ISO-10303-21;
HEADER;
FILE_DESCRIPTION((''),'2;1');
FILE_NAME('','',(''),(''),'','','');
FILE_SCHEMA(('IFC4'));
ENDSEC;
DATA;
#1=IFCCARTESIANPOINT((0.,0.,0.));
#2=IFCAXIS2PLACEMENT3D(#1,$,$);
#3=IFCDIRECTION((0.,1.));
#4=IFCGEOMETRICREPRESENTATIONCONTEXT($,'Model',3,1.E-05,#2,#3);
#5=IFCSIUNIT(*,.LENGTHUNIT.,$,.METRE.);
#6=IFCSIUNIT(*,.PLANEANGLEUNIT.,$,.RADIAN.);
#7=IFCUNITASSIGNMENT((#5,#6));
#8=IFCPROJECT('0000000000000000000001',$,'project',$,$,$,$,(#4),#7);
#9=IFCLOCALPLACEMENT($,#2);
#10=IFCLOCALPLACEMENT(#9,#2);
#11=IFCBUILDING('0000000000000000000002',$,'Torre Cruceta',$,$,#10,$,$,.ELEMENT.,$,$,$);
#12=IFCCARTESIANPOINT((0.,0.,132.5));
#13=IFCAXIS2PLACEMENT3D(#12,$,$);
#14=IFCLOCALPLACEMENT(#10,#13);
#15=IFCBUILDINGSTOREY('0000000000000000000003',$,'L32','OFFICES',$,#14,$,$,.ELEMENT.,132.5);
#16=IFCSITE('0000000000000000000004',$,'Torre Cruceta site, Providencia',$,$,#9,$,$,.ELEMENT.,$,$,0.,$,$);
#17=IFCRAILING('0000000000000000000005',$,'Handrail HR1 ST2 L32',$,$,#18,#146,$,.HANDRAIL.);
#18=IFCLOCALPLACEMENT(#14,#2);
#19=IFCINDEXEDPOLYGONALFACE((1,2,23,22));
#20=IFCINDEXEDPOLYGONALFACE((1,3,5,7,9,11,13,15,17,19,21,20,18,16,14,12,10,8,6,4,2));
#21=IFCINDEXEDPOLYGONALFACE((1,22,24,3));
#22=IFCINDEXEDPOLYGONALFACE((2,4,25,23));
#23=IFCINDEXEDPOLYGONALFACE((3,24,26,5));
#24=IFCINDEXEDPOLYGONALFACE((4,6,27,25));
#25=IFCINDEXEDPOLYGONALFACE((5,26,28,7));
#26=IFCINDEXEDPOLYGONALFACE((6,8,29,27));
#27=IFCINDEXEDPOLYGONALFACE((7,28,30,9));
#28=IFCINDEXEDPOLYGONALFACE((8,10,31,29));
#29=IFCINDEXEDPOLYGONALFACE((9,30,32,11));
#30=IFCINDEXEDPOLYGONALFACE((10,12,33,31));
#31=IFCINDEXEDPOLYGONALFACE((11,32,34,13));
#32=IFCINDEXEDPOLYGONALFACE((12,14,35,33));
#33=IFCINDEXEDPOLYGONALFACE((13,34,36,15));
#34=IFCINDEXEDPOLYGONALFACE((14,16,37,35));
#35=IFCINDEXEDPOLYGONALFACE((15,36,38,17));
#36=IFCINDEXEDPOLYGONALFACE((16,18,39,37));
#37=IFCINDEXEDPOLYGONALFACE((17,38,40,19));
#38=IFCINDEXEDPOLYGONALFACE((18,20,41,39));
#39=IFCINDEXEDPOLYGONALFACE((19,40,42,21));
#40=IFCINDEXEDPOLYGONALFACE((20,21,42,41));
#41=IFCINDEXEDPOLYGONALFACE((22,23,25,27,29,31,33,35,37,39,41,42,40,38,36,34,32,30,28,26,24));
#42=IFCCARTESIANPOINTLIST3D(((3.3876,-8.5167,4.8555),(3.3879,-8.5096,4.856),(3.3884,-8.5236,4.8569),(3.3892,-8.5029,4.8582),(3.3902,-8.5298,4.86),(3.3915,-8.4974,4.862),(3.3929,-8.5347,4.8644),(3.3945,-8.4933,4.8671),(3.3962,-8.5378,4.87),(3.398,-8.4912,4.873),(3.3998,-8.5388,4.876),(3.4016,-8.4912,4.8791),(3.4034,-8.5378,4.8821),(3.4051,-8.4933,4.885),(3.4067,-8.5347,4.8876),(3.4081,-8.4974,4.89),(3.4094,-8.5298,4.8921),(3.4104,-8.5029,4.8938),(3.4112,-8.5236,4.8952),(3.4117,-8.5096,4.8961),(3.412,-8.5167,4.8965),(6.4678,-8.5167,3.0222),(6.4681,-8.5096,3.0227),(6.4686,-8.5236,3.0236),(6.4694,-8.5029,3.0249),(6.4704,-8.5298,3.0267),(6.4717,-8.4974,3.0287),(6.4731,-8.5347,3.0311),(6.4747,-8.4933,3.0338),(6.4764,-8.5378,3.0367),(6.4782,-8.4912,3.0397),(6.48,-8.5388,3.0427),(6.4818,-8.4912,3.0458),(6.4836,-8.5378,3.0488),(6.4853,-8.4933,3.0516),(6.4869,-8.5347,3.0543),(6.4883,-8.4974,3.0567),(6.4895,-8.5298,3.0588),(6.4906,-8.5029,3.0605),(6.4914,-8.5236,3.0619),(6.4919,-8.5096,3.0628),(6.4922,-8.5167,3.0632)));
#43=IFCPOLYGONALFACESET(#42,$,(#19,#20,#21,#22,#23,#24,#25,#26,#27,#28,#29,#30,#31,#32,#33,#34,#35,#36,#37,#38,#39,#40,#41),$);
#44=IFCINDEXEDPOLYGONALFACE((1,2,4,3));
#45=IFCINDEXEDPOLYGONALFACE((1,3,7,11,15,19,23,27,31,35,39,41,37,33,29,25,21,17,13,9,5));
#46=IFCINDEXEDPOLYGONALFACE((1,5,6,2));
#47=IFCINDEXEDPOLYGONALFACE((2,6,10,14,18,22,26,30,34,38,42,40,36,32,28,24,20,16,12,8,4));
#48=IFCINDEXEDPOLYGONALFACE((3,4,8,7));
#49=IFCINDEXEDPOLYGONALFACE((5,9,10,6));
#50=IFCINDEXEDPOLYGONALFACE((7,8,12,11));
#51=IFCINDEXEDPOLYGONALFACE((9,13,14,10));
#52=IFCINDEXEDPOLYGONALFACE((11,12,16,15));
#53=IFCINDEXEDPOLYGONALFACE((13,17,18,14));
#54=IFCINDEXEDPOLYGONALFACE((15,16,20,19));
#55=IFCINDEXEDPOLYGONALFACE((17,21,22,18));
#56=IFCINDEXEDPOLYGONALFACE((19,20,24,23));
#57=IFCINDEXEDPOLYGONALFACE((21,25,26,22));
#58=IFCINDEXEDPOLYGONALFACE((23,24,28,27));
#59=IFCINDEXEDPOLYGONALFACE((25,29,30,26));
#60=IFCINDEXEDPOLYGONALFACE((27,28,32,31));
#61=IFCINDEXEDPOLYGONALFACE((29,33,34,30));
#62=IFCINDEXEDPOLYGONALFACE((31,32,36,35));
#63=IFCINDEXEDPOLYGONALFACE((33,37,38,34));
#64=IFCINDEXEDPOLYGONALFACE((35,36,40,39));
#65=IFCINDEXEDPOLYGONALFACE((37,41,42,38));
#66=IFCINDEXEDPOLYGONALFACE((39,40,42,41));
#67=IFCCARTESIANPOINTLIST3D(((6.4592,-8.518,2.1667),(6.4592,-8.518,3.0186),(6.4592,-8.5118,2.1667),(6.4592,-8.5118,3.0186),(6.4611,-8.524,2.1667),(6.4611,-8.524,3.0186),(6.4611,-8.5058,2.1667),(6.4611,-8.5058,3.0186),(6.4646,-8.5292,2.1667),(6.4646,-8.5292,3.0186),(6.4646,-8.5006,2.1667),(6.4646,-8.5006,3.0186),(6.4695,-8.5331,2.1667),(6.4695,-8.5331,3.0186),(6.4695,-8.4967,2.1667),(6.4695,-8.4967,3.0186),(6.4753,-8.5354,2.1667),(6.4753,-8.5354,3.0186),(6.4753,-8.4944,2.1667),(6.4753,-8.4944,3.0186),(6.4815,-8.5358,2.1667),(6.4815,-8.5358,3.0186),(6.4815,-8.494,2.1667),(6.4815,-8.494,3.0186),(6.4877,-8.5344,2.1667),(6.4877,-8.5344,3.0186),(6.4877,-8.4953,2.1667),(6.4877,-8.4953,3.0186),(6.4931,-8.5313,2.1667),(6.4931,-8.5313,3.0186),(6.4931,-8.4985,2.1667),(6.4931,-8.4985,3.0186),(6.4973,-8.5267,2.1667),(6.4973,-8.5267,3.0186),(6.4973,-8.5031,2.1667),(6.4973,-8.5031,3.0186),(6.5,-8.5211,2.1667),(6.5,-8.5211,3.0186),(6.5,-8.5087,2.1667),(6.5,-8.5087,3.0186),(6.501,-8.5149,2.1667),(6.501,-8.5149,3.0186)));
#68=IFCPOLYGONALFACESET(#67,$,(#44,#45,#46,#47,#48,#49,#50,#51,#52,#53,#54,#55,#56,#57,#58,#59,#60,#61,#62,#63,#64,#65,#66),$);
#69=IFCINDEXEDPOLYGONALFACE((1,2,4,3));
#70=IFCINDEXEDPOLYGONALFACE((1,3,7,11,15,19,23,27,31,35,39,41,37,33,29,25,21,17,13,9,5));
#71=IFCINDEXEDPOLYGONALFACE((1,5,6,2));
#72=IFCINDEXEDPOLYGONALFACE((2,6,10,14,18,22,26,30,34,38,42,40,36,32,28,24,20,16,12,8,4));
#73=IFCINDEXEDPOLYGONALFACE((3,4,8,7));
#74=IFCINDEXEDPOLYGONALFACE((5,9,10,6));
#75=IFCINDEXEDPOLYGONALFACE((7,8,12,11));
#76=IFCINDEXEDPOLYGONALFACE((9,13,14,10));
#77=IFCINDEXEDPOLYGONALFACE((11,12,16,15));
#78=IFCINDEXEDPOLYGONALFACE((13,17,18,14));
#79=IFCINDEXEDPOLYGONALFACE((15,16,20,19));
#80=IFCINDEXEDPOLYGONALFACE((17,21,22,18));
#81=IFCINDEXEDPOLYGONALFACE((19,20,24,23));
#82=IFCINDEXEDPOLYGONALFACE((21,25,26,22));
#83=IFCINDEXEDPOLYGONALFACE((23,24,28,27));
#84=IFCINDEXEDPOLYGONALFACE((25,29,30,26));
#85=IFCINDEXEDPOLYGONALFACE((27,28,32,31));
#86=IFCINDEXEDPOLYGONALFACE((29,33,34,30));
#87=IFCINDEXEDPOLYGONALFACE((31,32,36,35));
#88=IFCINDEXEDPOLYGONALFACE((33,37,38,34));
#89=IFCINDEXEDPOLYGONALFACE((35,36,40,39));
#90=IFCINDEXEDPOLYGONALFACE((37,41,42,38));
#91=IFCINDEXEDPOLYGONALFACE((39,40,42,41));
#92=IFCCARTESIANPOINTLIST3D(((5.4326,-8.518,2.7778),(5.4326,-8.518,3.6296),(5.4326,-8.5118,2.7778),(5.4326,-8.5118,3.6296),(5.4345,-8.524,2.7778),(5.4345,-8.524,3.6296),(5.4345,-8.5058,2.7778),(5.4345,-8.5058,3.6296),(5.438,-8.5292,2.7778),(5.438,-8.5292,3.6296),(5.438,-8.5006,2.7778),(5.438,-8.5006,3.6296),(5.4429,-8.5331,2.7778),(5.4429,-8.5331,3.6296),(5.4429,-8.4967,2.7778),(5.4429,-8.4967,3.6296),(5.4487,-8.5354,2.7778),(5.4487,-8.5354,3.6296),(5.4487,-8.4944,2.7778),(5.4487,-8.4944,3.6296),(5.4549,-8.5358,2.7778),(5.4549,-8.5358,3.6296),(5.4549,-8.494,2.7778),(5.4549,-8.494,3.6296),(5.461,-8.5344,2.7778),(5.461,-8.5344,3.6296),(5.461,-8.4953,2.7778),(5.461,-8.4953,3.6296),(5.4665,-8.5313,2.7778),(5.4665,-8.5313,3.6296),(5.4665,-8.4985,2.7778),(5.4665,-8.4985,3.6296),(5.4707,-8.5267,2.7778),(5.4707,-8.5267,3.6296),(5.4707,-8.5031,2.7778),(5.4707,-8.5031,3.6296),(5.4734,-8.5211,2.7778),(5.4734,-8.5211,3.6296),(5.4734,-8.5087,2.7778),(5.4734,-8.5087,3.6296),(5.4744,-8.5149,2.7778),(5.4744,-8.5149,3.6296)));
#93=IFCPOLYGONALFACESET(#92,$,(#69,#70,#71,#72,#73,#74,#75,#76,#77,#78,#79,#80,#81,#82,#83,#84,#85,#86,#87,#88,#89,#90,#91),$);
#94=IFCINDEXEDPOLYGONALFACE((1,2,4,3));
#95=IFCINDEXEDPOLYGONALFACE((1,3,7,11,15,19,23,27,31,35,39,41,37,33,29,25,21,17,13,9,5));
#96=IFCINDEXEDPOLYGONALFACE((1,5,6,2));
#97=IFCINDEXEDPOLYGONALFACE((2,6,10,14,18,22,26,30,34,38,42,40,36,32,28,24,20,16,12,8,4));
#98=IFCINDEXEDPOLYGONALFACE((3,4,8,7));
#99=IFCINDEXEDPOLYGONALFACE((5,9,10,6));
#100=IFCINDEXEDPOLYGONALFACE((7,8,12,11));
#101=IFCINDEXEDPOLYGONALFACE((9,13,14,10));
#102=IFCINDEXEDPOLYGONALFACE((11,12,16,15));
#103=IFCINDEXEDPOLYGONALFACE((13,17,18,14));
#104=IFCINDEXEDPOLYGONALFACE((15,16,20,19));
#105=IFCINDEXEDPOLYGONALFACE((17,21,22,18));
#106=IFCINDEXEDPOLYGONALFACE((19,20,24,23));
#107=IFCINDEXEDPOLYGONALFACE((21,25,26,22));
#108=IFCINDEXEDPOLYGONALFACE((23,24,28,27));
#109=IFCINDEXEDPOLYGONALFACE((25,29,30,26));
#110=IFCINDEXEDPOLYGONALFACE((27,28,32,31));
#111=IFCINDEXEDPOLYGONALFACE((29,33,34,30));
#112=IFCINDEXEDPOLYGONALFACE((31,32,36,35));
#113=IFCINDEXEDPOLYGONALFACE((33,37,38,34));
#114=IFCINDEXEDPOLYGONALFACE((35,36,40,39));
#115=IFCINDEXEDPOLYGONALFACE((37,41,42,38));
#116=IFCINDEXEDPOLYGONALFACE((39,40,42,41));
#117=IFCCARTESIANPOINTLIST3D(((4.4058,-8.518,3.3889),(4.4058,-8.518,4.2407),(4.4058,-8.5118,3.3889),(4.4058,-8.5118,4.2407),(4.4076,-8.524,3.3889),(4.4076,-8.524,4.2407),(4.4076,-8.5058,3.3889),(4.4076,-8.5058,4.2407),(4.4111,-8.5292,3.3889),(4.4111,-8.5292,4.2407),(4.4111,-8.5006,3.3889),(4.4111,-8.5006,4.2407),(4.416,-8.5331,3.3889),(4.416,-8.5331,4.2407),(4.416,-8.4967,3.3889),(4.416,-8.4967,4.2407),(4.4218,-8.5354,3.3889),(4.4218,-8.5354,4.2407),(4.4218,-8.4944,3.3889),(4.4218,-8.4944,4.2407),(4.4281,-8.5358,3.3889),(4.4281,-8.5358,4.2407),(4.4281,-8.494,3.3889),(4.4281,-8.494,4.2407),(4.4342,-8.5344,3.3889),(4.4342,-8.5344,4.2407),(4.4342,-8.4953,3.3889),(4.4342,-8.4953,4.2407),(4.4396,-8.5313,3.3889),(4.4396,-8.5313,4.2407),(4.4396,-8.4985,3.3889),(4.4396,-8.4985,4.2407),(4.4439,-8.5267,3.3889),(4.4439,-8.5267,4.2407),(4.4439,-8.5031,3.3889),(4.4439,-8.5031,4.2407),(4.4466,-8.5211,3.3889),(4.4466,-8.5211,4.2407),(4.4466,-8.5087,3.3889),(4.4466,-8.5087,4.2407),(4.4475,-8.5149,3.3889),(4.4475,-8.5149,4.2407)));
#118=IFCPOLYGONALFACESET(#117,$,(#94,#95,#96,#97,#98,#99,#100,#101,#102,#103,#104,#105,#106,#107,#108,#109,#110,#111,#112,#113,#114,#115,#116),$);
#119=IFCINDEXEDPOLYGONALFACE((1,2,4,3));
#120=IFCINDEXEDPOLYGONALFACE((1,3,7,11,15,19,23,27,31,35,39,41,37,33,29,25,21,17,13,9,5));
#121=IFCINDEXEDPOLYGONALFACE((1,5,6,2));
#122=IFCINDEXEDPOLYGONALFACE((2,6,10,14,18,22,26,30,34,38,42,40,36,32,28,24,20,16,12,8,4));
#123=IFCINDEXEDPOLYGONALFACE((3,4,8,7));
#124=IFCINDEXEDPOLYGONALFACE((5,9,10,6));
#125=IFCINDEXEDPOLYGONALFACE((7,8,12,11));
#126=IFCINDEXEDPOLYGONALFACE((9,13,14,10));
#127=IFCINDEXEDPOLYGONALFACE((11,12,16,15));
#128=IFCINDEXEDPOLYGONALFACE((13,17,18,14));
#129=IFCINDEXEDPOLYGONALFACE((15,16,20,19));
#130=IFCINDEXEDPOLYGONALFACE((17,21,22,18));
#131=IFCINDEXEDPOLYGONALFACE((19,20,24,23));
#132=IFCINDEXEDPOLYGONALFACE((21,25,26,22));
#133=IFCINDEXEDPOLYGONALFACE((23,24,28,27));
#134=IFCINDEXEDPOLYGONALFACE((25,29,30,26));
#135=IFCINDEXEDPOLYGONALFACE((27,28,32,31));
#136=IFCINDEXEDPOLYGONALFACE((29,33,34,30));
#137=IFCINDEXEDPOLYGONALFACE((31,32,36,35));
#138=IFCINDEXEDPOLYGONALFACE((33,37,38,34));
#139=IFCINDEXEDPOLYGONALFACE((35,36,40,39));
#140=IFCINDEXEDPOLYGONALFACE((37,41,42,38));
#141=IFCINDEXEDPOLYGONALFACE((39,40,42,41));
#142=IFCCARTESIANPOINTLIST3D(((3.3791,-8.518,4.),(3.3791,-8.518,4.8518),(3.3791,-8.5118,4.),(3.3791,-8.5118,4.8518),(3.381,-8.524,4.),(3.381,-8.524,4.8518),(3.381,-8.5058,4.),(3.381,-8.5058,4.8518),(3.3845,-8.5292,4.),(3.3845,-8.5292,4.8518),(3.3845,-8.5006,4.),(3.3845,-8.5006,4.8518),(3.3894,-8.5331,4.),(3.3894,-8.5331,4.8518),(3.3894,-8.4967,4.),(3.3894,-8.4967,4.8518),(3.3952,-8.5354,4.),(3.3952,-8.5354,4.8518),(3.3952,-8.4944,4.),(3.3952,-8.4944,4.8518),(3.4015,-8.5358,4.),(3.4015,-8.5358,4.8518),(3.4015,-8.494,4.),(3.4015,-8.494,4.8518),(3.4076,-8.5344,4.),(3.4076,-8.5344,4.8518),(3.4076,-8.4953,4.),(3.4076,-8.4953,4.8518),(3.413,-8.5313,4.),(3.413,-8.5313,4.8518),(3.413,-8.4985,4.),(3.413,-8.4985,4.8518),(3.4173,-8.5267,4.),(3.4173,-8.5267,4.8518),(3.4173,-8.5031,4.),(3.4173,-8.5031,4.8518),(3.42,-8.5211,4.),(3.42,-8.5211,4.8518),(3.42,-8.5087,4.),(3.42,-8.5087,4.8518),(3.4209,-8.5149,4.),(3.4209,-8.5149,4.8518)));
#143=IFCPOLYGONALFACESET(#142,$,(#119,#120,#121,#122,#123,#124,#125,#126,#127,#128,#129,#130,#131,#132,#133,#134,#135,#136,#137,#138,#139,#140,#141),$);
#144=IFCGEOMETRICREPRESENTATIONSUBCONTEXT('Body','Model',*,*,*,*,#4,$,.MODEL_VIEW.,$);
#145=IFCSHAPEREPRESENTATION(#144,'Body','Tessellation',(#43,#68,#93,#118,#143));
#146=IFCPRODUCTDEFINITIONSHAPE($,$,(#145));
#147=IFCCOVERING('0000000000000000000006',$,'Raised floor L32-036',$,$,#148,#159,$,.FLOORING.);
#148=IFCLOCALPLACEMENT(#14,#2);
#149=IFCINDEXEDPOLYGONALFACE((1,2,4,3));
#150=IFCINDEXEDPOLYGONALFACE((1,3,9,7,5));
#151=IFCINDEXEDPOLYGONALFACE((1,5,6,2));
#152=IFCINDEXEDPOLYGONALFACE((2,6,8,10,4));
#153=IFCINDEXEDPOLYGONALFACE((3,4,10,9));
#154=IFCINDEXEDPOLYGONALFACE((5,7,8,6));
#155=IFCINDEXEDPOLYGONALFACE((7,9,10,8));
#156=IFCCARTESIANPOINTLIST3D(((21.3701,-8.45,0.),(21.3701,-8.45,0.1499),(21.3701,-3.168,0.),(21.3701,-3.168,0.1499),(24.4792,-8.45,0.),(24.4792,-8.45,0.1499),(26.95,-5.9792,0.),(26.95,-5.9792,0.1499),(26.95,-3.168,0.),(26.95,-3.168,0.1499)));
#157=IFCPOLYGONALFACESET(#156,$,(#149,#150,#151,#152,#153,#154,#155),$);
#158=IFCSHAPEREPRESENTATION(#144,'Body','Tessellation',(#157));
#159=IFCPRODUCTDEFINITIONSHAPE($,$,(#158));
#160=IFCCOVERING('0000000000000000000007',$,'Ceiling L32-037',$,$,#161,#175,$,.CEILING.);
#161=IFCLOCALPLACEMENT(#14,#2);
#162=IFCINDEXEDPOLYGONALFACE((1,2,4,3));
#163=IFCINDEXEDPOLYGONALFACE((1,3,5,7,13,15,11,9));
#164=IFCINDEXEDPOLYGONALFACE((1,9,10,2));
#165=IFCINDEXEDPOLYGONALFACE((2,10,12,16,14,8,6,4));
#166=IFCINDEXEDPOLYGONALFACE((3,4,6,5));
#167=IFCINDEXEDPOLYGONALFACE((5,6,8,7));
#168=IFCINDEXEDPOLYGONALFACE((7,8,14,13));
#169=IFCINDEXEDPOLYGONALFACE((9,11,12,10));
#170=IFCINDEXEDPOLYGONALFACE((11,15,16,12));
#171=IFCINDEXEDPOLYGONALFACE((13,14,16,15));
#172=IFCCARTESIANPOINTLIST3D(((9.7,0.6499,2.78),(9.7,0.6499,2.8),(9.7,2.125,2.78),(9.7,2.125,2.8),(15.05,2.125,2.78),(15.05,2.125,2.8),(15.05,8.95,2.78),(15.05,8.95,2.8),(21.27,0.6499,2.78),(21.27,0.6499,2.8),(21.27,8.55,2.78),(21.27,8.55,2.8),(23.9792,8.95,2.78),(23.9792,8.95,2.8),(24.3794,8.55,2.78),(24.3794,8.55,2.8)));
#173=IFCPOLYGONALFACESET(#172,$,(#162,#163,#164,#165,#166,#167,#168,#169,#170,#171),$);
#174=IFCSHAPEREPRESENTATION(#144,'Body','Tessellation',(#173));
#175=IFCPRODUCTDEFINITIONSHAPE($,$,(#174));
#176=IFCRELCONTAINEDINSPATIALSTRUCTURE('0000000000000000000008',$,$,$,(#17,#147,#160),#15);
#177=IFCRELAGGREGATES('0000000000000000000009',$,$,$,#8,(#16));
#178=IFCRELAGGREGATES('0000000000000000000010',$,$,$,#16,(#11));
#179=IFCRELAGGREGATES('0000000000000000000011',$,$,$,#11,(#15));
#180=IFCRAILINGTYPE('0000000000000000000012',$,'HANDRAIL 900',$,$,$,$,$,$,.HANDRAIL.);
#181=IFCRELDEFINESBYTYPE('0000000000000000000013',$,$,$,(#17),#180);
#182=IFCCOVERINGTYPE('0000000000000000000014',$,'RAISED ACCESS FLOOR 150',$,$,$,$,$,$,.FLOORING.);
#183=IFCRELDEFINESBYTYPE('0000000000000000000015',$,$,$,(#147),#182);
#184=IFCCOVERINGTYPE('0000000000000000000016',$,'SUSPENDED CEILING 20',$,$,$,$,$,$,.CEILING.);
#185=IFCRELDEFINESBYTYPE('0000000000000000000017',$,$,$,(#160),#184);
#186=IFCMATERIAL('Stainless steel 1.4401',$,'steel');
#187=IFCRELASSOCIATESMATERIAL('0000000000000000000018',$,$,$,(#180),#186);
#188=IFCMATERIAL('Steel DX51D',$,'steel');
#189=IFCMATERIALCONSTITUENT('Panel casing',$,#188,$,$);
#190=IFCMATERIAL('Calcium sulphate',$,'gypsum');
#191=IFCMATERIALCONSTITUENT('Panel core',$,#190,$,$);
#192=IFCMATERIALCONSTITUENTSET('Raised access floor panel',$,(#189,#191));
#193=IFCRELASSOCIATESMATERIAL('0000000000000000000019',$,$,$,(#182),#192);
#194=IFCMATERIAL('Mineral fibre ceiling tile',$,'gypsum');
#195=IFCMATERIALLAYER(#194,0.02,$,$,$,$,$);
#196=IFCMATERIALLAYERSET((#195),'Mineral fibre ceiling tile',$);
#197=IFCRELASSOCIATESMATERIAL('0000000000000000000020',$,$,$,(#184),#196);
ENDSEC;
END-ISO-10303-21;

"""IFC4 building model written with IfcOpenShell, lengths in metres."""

from ifc_helpers import new_model, si_unit, direction, frame, origin, origin_2d, place, context, subcontext, project, spatial, polyline, circle, outline, extrude, material, layer, layer_set, constituent, constituent_set, type_object, element, save


model = new_model("IFC4")

# Units and contexts
model_context = context("Model", 3, precision=1e-05, world=origin(), true_north=direction((0.0, 1.0)))
body_context = subcontext(model_context, "Body", "Model", "MODEL_VIEW")
ifc_project = project(units=[si_unit("LENGTHUNIT", "METRE"), si_unit("PLANEANGLEUNIT", "RADIAN")], contexts=[model_context])

# Site, building, storey
site_placement = place(None, origin())
site = spatial("IfcSite", under=ifc_project, at=site_placement, Name="Torre Cruceta site, Providencia", CompositionType="ELEMENT", RefElevation=0.0)
building_placement = place(site_placement, origin())
building = spatial("IfcBuilding", under=site, at=building_placement, Name="Torre Cruceta", CompositionType="ELEMENT")
storey_placement = place(building_placement, frame((0.0, 0.0, 132.5)))
storey = spatial("IfcBuildingStorey", under=building, at=storey_placement, Name="L32", Description="OFFICES", CompositionType="ELEMENT", Elevation=132.5)

# Railing
ifc_material_1 = material(Name="Stainless steel 1.4401", Category="steel")
railing_type = type_object("IfcRailingType", Name="HANDRAIL 900", PredefinedType="HANDRAIL", material=ifc_material_1)
railing_1_placement = place(storey_placement, frame((6.48, -8.5149, 2.1667)))
element("IfcRailing", 1, at=railing_1_placement, inside=storey, type_object=railing_type, Name="Handrail HR1 ST2 L32", PredefinedType="HANDRAIL", context=body_context, shape_type="SweptSolid", body=[
    extrude(circle(Radius=0.0239, at=origin_2d()), frame((0.0, 0.0, 0.876), z_axis=(-0.859309, 0.0, 0.511458), x_axis=(0.0, -1.0, 0.0)), (0.0, 0.0, 1.0), 3.5845),
    extrude(circle(Radius=0.021, at=origin_2d()), origin(), (0.0, 0.0, 1.0), 0.8518),
    extrude(circle(Radius=0.021, at=origin_2d()), frame((-1.0266, 0.0, 0.6111)), (0.0, 0.0, 1.0), 0.8518),
    extrude(circle(Radius=0.021, at=origin_2d()), frame((-2.0535, 0.0, 1.2222)), (0.0, 0.0, 1.0), 0.8518),
    extrude(circle(Radius=0.021, at=origin_2d()), frame((-3.0801, 0.0, 1.8333)), (0.0, 0.0, 1.0), 0.8518),
])

# Coverings
ifc_material_2 = material(Name="Steel DX51D", Category="steel")
ifc_constituent_1 = constituent(ifc_material_2, Name="Panel casing")
ifc_material_3 = material(Name="Calcium sulphate", Category="gypsum")
ifc_constituent_2 = constituent(ifc_material_3, Name="Panel core")
ifc_constituent_set_1 = constituent_set(constituents=[ifc_constituent_1, ifc_constituent_2], Name="Raised access floor panel")
covering_type_1 = type_object("IfcCoveringType", Name="RAISED ACCESS FLOOR 150", PredefinedType="FLOORING", material=ifc_constituent_set_1)
covering_1_placement = place(storey_placement, origin())
element("IfcCovering", 2, at=covering_1_placement, inside=storey, type_object=covering_type_1, Name="Raised floor L32-036", PredefinedType="FLOORING", context=body_context, shape_type="SweptSolid", body=[
    extrude(outline(polyline([(24.4792, -8.45), (21.3701, -8.45), (21.3701, -3.168), (26.95, -3.168), (26.95, -5.9792), (24.4792, -8.45)])), origin(), (0.0, 0.0, 1.0), 0.1499),
])
ifc_material_4 = material(Name="Mineral fibre ceiling tile", Category="gypsum")
ifc_layer_1 = layer(ifc_material_4, 0.02)
ifc_layer_set_1 = layer_set([ifc_layer_1], Name="Mineral fibre ceiling tile")
covering_type_2 = type_object("IfcCoveringType", Name="SUSPENDED CEILING 20", PredefinedType="CEILING", material=ifc_layer_set_1)
covering_2_placement = place(storey_placement, frame((0.0, 0.0, 2.78)))
element("IfcCovering", 3, at=covering_2_placement, inside=storey, type_object=covering_type_2, Name="Ceiling L32-037", PredefinedType="CEILING", context=body_context, shape_type="SweptSolid", body=[
    extrude(outline(polyline([(9.7, 2.125), (15.05, 2.125), (15.05, 8.95), (23.9792, 8.95), (24.3794, 8.55), (21.27, 8.55), (21.27, 0.6499), (9.7, 0.6499), (9.7, 2.125)])), origin(), (0.0, 0.0, 1.0), 0.02),
])

save(model, "model.ifc")
